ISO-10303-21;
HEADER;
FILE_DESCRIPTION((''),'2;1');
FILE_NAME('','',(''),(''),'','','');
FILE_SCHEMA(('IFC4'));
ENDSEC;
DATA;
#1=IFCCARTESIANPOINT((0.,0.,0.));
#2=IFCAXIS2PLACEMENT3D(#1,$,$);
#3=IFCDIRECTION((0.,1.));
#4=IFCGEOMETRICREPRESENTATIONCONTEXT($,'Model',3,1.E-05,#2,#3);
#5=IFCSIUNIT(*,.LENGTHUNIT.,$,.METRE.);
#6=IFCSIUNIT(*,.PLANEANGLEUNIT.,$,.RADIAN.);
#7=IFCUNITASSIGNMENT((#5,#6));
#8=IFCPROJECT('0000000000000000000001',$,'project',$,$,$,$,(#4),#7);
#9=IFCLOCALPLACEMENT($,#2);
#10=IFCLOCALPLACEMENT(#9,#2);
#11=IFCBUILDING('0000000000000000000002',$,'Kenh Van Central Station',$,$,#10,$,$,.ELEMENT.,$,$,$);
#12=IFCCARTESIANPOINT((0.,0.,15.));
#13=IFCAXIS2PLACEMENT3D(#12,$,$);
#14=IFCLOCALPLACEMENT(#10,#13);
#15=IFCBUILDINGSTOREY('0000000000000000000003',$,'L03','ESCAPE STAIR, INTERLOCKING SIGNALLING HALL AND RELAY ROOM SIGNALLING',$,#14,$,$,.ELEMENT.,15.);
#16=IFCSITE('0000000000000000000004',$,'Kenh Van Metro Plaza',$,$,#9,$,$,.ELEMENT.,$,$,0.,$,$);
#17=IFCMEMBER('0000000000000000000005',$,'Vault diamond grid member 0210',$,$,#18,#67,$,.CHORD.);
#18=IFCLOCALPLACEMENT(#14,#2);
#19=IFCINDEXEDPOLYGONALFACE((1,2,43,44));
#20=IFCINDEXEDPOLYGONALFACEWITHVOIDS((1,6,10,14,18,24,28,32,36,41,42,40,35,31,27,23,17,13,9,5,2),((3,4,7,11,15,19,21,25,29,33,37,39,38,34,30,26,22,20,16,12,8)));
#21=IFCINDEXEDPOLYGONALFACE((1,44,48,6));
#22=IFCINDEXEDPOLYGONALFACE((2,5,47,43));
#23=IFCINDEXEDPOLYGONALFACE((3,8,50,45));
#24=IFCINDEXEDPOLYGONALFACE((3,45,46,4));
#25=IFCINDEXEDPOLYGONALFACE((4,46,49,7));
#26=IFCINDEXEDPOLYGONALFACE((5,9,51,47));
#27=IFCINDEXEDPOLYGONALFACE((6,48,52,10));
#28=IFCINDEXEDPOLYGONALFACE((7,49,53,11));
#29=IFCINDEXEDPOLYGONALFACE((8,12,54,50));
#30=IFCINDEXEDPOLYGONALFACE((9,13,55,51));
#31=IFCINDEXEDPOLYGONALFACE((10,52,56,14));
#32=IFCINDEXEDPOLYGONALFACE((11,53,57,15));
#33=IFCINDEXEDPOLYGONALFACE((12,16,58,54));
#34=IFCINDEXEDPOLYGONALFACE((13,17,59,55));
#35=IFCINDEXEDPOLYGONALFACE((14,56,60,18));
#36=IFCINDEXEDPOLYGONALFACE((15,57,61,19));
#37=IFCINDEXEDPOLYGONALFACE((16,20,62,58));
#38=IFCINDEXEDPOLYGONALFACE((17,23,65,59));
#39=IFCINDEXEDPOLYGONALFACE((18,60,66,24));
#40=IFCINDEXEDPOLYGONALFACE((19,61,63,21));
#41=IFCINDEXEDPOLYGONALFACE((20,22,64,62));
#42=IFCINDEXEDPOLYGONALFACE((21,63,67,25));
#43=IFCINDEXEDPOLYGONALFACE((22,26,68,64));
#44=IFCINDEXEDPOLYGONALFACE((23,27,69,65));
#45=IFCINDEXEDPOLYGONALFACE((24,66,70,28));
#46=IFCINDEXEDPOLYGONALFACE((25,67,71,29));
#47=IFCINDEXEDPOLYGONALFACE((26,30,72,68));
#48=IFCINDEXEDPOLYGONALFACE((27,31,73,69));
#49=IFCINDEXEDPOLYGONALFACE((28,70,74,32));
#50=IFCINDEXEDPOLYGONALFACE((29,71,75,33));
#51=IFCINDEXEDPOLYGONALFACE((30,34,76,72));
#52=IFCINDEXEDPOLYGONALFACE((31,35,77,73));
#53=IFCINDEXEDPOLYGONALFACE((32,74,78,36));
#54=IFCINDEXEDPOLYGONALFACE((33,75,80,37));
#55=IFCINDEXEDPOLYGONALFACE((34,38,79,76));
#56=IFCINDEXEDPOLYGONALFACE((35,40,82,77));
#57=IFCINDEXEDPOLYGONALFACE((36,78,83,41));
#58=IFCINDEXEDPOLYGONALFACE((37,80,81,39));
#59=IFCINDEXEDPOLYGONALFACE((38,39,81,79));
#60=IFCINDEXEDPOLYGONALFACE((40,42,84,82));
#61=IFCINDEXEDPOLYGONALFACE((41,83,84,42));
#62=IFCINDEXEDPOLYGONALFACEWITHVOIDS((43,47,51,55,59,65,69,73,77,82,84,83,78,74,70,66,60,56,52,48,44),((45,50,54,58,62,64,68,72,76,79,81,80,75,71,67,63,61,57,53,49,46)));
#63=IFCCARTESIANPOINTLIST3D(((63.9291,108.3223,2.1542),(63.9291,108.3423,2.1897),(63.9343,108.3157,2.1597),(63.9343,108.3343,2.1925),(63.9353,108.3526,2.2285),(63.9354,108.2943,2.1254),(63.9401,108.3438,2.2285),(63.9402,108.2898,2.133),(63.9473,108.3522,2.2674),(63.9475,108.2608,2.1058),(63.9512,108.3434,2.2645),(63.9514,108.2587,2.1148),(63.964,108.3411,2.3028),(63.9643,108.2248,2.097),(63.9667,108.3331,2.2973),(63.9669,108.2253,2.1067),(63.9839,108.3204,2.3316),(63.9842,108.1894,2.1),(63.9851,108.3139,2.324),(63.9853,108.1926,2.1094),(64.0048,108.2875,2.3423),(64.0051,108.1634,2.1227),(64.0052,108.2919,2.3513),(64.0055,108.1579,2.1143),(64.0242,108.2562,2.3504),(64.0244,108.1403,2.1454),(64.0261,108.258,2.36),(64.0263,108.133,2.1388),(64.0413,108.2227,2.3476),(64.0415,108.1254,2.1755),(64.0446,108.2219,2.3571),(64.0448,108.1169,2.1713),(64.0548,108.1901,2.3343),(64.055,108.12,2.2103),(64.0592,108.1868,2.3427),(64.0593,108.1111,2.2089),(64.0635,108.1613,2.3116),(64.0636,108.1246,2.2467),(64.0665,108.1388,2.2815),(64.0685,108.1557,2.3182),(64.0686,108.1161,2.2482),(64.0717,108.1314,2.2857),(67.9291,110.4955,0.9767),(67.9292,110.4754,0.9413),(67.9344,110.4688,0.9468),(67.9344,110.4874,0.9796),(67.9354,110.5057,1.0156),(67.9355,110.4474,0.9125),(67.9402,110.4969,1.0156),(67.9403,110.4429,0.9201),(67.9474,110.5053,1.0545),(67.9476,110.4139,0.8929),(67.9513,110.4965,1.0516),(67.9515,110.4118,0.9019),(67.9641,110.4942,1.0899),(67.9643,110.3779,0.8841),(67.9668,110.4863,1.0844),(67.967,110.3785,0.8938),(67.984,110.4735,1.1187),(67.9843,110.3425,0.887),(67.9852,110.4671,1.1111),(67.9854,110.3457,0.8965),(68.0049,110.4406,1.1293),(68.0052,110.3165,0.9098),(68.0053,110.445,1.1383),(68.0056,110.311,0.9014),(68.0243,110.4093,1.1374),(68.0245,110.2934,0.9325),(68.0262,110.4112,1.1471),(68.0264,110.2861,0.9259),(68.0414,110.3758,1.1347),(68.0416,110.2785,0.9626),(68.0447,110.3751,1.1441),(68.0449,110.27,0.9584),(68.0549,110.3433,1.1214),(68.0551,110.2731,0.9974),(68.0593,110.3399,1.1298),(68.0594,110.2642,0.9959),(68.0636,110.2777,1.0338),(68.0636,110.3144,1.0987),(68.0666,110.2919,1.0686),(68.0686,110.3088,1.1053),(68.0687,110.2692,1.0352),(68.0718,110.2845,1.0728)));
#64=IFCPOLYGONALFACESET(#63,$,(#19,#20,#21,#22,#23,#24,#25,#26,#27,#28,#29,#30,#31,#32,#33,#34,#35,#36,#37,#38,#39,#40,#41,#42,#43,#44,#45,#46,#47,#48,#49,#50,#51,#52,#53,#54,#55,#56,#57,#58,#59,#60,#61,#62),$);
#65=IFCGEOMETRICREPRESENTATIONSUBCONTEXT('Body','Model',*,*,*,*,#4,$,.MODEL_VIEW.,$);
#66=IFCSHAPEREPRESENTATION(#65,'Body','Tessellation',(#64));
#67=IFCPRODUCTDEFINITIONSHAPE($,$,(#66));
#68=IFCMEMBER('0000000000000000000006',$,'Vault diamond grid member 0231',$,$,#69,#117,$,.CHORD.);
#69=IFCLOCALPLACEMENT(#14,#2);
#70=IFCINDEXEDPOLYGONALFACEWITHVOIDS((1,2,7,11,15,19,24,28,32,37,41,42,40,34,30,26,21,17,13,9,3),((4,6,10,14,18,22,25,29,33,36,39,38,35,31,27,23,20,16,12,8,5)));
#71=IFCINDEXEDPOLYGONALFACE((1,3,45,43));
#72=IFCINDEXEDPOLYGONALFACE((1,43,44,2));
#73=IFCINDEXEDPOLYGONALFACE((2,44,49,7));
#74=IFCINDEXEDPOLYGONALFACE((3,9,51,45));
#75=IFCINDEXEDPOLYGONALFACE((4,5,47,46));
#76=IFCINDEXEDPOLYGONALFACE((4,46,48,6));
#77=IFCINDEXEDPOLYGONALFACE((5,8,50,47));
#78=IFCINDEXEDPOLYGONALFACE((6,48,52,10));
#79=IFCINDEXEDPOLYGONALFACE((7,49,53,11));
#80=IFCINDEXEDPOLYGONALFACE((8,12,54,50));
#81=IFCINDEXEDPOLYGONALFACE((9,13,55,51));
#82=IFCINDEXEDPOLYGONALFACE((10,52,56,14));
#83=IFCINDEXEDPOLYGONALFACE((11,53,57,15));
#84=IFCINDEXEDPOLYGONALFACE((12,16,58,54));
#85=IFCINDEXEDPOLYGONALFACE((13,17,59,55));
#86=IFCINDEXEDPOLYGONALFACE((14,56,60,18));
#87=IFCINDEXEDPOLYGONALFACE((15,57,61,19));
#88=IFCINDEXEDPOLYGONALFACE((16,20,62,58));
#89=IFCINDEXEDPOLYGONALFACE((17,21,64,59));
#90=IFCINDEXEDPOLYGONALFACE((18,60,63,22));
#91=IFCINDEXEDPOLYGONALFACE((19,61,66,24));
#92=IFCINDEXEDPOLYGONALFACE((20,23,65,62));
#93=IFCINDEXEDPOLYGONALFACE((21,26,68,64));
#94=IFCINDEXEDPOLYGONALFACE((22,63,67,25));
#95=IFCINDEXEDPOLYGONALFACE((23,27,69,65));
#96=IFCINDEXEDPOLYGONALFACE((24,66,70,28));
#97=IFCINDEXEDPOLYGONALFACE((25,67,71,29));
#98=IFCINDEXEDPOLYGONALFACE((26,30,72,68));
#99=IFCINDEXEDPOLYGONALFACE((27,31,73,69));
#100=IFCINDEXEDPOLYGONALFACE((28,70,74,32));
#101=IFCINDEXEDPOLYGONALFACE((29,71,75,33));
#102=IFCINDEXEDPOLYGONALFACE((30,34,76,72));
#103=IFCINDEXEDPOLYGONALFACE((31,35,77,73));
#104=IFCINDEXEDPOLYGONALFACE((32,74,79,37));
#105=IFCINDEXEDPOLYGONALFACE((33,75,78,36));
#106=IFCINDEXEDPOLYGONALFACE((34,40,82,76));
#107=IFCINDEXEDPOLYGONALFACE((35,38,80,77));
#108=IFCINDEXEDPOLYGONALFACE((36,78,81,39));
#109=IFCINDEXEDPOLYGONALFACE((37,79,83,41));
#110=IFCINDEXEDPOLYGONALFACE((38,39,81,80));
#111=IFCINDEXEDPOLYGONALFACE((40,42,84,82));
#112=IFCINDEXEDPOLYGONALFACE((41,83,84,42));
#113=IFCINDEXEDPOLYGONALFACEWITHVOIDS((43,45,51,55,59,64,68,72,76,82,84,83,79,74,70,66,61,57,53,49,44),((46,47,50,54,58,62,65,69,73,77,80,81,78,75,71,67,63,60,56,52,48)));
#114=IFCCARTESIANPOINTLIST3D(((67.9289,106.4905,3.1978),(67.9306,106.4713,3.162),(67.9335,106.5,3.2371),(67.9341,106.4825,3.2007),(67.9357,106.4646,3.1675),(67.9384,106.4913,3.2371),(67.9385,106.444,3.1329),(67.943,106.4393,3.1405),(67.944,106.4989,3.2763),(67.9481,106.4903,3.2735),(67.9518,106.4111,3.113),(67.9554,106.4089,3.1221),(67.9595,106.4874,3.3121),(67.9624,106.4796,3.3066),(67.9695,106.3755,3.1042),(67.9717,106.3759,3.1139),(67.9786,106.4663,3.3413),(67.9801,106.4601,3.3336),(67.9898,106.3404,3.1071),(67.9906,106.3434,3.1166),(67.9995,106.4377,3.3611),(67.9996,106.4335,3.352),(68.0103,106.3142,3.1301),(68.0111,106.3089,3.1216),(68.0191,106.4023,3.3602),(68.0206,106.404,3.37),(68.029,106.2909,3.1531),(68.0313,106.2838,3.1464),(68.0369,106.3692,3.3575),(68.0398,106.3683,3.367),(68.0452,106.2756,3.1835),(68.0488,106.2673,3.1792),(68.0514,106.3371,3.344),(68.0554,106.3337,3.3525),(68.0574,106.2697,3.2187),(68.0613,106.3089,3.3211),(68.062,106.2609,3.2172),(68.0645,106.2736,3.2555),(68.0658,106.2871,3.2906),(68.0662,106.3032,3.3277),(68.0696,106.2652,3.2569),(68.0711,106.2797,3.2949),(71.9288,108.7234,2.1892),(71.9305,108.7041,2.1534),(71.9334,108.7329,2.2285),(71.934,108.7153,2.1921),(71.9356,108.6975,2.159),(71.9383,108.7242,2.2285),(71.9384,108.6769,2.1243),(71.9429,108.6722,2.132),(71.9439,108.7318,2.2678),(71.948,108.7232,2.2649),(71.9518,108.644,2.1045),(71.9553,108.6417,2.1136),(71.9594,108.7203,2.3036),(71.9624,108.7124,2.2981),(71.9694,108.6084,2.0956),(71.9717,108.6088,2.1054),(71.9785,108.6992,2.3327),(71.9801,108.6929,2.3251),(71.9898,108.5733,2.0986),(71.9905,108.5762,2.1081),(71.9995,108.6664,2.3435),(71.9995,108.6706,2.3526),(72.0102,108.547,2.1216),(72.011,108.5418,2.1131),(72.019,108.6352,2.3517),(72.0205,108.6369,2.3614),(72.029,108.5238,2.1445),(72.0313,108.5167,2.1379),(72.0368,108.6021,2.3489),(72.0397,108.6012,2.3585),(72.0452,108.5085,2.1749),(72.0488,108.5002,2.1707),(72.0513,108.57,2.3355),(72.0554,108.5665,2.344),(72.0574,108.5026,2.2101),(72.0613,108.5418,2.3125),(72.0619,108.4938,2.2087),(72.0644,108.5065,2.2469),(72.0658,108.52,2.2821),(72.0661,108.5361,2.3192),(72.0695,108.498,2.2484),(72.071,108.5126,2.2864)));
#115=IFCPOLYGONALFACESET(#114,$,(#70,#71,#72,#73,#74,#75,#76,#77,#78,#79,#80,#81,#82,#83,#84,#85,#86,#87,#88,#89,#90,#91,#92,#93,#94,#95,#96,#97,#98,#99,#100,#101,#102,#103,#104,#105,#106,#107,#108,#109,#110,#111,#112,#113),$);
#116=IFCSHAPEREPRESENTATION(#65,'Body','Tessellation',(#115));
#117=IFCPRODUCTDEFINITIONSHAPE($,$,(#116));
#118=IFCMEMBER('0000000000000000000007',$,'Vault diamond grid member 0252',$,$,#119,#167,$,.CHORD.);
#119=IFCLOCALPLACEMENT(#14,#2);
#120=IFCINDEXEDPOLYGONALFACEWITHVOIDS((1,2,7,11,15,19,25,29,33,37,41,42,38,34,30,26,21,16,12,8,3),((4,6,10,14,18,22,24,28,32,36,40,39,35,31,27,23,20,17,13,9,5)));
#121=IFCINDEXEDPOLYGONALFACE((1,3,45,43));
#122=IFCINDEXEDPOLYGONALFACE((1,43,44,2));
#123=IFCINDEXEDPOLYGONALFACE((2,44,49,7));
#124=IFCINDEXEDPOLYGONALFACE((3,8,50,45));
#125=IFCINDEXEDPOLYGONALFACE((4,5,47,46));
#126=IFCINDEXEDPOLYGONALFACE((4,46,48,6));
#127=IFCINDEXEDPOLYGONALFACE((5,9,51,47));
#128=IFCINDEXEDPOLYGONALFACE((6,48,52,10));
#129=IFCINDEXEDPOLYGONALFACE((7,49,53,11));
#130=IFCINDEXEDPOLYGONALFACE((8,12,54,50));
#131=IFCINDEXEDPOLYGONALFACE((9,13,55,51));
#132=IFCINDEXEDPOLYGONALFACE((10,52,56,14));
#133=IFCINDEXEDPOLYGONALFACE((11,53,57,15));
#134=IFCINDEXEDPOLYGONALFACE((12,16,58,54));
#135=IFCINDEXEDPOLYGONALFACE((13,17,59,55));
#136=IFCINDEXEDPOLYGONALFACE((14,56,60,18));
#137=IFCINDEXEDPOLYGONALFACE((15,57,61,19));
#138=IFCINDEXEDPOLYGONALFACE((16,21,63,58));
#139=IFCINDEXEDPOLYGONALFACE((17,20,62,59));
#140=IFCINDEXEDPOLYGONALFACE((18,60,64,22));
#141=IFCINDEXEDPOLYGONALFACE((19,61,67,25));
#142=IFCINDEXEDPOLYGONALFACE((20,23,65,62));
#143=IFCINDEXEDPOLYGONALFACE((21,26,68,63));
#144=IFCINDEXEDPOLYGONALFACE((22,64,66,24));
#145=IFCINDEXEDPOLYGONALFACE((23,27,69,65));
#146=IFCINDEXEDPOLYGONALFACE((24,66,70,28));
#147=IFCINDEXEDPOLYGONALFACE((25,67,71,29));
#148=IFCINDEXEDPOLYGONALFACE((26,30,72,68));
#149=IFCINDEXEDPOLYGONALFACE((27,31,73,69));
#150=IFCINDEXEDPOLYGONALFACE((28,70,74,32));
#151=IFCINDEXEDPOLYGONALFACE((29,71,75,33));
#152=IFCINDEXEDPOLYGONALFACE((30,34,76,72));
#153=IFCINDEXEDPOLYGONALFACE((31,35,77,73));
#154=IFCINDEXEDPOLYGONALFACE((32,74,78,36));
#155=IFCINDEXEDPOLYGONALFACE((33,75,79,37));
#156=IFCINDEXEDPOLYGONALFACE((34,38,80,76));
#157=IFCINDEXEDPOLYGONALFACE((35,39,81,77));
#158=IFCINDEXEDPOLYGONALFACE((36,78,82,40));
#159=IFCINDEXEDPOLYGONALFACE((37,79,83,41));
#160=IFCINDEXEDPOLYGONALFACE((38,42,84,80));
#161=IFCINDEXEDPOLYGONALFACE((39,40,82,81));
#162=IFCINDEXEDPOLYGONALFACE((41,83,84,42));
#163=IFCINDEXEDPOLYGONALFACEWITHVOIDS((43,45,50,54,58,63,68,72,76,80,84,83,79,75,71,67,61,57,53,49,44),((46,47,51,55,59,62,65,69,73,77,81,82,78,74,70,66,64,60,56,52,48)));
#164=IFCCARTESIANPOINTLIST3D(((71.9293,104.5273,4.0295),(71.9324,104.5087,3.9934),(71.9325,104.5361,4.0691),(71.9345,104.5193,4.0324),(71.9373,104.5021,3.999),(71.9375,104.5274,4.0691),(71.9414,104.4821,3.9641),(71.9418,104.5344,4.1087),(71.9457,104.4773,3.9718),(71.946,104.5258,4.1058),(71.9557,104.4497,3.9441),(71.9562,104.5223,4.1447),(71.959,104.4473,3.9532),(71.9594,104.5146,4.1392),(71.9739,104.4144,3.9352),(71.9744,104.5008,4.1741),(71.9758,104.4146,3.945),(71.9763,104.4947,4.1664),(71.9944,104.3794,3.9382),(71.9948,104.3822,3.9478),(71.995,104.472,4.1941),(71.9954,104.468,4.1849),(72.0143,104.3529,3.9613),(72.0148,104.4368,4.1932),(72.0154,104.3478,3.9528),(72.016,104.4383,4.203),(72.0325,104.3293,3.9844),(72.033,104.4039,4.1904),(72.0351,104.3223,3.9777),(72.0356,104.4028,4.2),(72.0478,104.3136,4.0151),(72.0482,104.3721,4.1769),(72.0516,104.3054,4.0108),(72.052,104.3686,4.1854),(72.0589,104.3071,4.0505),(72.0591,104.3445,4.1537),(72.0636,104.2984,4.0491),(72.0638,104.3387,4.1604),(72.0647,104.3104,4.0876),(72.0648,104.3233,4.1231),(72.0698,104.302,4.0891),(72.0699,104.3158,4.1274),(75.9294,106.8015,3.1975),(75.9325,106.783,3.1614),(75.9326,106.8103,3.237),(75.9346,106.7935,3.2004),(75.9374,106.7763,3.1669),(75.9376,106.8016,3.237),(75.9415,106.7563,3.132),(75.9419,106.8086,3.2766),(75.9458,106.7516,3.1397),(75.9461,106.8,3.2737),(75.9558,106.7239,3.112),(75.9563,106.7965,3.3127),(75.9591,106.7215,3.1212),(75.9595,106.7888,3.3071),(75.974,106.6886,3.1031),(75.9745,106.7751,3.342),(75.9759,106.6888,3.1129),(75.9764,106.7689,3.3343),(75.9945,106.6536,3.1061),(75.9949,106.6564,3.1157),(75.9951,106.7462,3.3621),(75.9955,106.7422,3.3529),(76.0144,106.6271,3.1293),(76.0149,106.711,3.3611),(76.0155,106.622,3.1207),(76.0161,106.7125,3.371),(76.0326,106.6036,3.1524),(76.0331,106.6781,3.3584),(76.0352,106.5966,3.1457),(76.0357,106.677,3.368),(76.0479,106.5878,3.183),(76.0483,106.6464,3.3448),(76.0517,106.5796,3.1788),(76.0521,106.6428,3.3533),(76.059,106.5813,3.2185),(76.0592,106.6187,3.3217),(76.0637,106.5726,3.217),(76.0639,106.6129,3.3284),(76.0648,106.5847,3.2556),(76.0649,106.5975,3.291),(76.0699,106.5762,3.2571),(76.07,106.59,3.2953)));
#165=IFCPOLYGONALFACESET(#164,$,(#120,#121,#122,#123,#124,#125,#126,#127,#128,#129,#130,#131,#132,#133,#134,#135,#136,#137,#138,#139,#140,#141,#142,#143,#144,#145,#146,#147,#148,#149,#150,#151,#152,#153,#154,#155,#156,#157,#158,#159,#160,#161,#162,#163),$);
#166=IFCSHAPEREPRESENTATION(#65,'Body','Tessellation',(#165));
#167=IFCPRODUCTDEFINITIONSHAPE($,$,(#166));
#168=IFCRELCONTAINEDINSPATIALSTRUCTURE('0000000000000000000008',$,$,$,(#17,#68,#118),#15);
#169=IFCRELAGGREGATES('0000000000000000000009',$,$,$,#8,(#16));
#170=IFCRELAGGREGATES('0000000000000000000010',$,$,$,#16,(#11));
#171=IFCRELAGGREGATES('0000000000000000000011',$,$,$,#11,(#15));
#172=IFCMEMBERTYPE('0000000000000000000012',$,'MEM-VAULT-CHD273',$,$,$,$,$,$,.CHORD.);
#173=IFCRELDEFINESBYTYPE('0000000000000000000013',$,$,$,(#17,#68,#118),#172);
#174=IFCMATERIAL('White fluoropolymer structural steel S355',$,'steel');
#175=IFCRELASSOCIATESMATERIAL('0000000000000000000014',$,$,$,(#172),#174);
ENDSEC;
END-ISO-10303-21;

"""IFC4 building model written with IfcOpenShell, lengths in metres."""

from ifc_helpers import new_model, si_unit, direction, frame, origin, origin_2d, place, context, subcontext, project, spatial, hollow_circle, extrude, material, material_profile, profile_set, type_object, element, save


model = new_model("IFC4")

# Units and contexts
model_context = context("Model", 3, precision=1e-05, world=origin(), true_north=direction((0.0, 1.0)))
body_context = subcontext(model_context, "Body", "Model", "MODEL_VIEW")
ifc_project = project(units=[si_unit("LENGTHUNIT", "METRE"), si_unit("PLANEANGLEUNIT", "RADIAN")], contexts=[model_context])

# Site, building, storey
site_placement = place(None, origin())
site = spatial("IfcSite", under=ifc_project, at=site_placement, Name="Kenh Van Metro Plaza", CompositionType="ELEMENT", RefElevation=0.0)
building_placement = place(site_placement, origin())
building = spatial("IfcBuilding", under=site, at=building_placement, Name="Kenh Van Central Station", CompositionType="ELEMENT")
storey_placement = place(building_placement, frame((0.0, 0.0, 15.0)))
storey = spatial("IfcBuildingStorey", under=building, at=storey_placement, Name="L03", Description="ESCAPE STAIR, INTERLOCKING SIGNALLING HALL AND RELAY ROOM SIGNALLING", CompositionType="ELEMENT", Elevation=15.0)

# Shared definitions
ifc_material_1 = material(Name="White fluoropolymer structural steel S355", Category="steel")

# Members
ifc_material_profile_1 = material_profile(ifc_material_1, hollow_circle(Radius=0.1365, WallThickness=0.01, at=origin_2d()), Name="CHS 273x10")
ifc_profile_set_1 = profile_set([ifc_material_profile_1], Name="White fluoropolymer structural steel S355")
member_type_1 = type_object("IfcMemberType", Name="MEM-VAULT-CHD273", PredefinedType="CHORD", material=ifc_profile_set_1)
member_1_placement = place(storey_placement, frame((64.0, 108.2324, 2.2285), z_axis=(0.85074, 0.457927, -0.257964), x_axis=(-0.473968, 0.880542, 0.0)))
element("IfcMember", 1, at=member_1_placement, inside=storey, type_object=member_type_1, Name="Vault diamond grid member 0210", PredefinedType="CHORD", context=body_context, shape_type="SweptSolid", body=[
    extrude(hollow_circle(Radius=0.1365, WallThickness=0.01, at=origin_2d()), origin(), (0.0, 0.0, 1.0), 4.7019),
])
member_2_placement = place(storey_placement, frame((68.0, 106.3809, 3.2371), z_axis=(0.852744, 0.476025, -0.215008), x_axis=(-0.487425, 0.873165, 0.0)))
element("IfcMember", 2, at=member_2_placement, inside=storey, type_object=member_type_1, Name="Vault diamond grid member 0231", PredefinedType="CHORD", context=body_context, shape_type="SweptSolid", body=[
    extrude(hollow_circle(Radius=0.1365, WallThickness=0.01, at=origin_2d()), origin(), (0.0, 0.0, 1.0), 4.6907),
])
member_3_placement = place(storey_placement, frame((72.0, 104.4175, 4.0691), z_axis=(0.855449, 0.486359, -0.17794), x_axis=(-0.494246, 0.869322, 0.0)))
element("IfcMember", 3, at=member_3_placement, inside=storey, type_object=member_type_1, Name="Vault diamond grid member 0252", PredefinedType="CHORD", context=body_context, shape_type="SweptSolid", body=[
    extrude(hollow_circle(Radius=0.1365, WallThickness=0.01, at=origin_2d()), origin(), (0.0, 0.0, 1.0), 4.676),
])

save(model, "model.ifc")
